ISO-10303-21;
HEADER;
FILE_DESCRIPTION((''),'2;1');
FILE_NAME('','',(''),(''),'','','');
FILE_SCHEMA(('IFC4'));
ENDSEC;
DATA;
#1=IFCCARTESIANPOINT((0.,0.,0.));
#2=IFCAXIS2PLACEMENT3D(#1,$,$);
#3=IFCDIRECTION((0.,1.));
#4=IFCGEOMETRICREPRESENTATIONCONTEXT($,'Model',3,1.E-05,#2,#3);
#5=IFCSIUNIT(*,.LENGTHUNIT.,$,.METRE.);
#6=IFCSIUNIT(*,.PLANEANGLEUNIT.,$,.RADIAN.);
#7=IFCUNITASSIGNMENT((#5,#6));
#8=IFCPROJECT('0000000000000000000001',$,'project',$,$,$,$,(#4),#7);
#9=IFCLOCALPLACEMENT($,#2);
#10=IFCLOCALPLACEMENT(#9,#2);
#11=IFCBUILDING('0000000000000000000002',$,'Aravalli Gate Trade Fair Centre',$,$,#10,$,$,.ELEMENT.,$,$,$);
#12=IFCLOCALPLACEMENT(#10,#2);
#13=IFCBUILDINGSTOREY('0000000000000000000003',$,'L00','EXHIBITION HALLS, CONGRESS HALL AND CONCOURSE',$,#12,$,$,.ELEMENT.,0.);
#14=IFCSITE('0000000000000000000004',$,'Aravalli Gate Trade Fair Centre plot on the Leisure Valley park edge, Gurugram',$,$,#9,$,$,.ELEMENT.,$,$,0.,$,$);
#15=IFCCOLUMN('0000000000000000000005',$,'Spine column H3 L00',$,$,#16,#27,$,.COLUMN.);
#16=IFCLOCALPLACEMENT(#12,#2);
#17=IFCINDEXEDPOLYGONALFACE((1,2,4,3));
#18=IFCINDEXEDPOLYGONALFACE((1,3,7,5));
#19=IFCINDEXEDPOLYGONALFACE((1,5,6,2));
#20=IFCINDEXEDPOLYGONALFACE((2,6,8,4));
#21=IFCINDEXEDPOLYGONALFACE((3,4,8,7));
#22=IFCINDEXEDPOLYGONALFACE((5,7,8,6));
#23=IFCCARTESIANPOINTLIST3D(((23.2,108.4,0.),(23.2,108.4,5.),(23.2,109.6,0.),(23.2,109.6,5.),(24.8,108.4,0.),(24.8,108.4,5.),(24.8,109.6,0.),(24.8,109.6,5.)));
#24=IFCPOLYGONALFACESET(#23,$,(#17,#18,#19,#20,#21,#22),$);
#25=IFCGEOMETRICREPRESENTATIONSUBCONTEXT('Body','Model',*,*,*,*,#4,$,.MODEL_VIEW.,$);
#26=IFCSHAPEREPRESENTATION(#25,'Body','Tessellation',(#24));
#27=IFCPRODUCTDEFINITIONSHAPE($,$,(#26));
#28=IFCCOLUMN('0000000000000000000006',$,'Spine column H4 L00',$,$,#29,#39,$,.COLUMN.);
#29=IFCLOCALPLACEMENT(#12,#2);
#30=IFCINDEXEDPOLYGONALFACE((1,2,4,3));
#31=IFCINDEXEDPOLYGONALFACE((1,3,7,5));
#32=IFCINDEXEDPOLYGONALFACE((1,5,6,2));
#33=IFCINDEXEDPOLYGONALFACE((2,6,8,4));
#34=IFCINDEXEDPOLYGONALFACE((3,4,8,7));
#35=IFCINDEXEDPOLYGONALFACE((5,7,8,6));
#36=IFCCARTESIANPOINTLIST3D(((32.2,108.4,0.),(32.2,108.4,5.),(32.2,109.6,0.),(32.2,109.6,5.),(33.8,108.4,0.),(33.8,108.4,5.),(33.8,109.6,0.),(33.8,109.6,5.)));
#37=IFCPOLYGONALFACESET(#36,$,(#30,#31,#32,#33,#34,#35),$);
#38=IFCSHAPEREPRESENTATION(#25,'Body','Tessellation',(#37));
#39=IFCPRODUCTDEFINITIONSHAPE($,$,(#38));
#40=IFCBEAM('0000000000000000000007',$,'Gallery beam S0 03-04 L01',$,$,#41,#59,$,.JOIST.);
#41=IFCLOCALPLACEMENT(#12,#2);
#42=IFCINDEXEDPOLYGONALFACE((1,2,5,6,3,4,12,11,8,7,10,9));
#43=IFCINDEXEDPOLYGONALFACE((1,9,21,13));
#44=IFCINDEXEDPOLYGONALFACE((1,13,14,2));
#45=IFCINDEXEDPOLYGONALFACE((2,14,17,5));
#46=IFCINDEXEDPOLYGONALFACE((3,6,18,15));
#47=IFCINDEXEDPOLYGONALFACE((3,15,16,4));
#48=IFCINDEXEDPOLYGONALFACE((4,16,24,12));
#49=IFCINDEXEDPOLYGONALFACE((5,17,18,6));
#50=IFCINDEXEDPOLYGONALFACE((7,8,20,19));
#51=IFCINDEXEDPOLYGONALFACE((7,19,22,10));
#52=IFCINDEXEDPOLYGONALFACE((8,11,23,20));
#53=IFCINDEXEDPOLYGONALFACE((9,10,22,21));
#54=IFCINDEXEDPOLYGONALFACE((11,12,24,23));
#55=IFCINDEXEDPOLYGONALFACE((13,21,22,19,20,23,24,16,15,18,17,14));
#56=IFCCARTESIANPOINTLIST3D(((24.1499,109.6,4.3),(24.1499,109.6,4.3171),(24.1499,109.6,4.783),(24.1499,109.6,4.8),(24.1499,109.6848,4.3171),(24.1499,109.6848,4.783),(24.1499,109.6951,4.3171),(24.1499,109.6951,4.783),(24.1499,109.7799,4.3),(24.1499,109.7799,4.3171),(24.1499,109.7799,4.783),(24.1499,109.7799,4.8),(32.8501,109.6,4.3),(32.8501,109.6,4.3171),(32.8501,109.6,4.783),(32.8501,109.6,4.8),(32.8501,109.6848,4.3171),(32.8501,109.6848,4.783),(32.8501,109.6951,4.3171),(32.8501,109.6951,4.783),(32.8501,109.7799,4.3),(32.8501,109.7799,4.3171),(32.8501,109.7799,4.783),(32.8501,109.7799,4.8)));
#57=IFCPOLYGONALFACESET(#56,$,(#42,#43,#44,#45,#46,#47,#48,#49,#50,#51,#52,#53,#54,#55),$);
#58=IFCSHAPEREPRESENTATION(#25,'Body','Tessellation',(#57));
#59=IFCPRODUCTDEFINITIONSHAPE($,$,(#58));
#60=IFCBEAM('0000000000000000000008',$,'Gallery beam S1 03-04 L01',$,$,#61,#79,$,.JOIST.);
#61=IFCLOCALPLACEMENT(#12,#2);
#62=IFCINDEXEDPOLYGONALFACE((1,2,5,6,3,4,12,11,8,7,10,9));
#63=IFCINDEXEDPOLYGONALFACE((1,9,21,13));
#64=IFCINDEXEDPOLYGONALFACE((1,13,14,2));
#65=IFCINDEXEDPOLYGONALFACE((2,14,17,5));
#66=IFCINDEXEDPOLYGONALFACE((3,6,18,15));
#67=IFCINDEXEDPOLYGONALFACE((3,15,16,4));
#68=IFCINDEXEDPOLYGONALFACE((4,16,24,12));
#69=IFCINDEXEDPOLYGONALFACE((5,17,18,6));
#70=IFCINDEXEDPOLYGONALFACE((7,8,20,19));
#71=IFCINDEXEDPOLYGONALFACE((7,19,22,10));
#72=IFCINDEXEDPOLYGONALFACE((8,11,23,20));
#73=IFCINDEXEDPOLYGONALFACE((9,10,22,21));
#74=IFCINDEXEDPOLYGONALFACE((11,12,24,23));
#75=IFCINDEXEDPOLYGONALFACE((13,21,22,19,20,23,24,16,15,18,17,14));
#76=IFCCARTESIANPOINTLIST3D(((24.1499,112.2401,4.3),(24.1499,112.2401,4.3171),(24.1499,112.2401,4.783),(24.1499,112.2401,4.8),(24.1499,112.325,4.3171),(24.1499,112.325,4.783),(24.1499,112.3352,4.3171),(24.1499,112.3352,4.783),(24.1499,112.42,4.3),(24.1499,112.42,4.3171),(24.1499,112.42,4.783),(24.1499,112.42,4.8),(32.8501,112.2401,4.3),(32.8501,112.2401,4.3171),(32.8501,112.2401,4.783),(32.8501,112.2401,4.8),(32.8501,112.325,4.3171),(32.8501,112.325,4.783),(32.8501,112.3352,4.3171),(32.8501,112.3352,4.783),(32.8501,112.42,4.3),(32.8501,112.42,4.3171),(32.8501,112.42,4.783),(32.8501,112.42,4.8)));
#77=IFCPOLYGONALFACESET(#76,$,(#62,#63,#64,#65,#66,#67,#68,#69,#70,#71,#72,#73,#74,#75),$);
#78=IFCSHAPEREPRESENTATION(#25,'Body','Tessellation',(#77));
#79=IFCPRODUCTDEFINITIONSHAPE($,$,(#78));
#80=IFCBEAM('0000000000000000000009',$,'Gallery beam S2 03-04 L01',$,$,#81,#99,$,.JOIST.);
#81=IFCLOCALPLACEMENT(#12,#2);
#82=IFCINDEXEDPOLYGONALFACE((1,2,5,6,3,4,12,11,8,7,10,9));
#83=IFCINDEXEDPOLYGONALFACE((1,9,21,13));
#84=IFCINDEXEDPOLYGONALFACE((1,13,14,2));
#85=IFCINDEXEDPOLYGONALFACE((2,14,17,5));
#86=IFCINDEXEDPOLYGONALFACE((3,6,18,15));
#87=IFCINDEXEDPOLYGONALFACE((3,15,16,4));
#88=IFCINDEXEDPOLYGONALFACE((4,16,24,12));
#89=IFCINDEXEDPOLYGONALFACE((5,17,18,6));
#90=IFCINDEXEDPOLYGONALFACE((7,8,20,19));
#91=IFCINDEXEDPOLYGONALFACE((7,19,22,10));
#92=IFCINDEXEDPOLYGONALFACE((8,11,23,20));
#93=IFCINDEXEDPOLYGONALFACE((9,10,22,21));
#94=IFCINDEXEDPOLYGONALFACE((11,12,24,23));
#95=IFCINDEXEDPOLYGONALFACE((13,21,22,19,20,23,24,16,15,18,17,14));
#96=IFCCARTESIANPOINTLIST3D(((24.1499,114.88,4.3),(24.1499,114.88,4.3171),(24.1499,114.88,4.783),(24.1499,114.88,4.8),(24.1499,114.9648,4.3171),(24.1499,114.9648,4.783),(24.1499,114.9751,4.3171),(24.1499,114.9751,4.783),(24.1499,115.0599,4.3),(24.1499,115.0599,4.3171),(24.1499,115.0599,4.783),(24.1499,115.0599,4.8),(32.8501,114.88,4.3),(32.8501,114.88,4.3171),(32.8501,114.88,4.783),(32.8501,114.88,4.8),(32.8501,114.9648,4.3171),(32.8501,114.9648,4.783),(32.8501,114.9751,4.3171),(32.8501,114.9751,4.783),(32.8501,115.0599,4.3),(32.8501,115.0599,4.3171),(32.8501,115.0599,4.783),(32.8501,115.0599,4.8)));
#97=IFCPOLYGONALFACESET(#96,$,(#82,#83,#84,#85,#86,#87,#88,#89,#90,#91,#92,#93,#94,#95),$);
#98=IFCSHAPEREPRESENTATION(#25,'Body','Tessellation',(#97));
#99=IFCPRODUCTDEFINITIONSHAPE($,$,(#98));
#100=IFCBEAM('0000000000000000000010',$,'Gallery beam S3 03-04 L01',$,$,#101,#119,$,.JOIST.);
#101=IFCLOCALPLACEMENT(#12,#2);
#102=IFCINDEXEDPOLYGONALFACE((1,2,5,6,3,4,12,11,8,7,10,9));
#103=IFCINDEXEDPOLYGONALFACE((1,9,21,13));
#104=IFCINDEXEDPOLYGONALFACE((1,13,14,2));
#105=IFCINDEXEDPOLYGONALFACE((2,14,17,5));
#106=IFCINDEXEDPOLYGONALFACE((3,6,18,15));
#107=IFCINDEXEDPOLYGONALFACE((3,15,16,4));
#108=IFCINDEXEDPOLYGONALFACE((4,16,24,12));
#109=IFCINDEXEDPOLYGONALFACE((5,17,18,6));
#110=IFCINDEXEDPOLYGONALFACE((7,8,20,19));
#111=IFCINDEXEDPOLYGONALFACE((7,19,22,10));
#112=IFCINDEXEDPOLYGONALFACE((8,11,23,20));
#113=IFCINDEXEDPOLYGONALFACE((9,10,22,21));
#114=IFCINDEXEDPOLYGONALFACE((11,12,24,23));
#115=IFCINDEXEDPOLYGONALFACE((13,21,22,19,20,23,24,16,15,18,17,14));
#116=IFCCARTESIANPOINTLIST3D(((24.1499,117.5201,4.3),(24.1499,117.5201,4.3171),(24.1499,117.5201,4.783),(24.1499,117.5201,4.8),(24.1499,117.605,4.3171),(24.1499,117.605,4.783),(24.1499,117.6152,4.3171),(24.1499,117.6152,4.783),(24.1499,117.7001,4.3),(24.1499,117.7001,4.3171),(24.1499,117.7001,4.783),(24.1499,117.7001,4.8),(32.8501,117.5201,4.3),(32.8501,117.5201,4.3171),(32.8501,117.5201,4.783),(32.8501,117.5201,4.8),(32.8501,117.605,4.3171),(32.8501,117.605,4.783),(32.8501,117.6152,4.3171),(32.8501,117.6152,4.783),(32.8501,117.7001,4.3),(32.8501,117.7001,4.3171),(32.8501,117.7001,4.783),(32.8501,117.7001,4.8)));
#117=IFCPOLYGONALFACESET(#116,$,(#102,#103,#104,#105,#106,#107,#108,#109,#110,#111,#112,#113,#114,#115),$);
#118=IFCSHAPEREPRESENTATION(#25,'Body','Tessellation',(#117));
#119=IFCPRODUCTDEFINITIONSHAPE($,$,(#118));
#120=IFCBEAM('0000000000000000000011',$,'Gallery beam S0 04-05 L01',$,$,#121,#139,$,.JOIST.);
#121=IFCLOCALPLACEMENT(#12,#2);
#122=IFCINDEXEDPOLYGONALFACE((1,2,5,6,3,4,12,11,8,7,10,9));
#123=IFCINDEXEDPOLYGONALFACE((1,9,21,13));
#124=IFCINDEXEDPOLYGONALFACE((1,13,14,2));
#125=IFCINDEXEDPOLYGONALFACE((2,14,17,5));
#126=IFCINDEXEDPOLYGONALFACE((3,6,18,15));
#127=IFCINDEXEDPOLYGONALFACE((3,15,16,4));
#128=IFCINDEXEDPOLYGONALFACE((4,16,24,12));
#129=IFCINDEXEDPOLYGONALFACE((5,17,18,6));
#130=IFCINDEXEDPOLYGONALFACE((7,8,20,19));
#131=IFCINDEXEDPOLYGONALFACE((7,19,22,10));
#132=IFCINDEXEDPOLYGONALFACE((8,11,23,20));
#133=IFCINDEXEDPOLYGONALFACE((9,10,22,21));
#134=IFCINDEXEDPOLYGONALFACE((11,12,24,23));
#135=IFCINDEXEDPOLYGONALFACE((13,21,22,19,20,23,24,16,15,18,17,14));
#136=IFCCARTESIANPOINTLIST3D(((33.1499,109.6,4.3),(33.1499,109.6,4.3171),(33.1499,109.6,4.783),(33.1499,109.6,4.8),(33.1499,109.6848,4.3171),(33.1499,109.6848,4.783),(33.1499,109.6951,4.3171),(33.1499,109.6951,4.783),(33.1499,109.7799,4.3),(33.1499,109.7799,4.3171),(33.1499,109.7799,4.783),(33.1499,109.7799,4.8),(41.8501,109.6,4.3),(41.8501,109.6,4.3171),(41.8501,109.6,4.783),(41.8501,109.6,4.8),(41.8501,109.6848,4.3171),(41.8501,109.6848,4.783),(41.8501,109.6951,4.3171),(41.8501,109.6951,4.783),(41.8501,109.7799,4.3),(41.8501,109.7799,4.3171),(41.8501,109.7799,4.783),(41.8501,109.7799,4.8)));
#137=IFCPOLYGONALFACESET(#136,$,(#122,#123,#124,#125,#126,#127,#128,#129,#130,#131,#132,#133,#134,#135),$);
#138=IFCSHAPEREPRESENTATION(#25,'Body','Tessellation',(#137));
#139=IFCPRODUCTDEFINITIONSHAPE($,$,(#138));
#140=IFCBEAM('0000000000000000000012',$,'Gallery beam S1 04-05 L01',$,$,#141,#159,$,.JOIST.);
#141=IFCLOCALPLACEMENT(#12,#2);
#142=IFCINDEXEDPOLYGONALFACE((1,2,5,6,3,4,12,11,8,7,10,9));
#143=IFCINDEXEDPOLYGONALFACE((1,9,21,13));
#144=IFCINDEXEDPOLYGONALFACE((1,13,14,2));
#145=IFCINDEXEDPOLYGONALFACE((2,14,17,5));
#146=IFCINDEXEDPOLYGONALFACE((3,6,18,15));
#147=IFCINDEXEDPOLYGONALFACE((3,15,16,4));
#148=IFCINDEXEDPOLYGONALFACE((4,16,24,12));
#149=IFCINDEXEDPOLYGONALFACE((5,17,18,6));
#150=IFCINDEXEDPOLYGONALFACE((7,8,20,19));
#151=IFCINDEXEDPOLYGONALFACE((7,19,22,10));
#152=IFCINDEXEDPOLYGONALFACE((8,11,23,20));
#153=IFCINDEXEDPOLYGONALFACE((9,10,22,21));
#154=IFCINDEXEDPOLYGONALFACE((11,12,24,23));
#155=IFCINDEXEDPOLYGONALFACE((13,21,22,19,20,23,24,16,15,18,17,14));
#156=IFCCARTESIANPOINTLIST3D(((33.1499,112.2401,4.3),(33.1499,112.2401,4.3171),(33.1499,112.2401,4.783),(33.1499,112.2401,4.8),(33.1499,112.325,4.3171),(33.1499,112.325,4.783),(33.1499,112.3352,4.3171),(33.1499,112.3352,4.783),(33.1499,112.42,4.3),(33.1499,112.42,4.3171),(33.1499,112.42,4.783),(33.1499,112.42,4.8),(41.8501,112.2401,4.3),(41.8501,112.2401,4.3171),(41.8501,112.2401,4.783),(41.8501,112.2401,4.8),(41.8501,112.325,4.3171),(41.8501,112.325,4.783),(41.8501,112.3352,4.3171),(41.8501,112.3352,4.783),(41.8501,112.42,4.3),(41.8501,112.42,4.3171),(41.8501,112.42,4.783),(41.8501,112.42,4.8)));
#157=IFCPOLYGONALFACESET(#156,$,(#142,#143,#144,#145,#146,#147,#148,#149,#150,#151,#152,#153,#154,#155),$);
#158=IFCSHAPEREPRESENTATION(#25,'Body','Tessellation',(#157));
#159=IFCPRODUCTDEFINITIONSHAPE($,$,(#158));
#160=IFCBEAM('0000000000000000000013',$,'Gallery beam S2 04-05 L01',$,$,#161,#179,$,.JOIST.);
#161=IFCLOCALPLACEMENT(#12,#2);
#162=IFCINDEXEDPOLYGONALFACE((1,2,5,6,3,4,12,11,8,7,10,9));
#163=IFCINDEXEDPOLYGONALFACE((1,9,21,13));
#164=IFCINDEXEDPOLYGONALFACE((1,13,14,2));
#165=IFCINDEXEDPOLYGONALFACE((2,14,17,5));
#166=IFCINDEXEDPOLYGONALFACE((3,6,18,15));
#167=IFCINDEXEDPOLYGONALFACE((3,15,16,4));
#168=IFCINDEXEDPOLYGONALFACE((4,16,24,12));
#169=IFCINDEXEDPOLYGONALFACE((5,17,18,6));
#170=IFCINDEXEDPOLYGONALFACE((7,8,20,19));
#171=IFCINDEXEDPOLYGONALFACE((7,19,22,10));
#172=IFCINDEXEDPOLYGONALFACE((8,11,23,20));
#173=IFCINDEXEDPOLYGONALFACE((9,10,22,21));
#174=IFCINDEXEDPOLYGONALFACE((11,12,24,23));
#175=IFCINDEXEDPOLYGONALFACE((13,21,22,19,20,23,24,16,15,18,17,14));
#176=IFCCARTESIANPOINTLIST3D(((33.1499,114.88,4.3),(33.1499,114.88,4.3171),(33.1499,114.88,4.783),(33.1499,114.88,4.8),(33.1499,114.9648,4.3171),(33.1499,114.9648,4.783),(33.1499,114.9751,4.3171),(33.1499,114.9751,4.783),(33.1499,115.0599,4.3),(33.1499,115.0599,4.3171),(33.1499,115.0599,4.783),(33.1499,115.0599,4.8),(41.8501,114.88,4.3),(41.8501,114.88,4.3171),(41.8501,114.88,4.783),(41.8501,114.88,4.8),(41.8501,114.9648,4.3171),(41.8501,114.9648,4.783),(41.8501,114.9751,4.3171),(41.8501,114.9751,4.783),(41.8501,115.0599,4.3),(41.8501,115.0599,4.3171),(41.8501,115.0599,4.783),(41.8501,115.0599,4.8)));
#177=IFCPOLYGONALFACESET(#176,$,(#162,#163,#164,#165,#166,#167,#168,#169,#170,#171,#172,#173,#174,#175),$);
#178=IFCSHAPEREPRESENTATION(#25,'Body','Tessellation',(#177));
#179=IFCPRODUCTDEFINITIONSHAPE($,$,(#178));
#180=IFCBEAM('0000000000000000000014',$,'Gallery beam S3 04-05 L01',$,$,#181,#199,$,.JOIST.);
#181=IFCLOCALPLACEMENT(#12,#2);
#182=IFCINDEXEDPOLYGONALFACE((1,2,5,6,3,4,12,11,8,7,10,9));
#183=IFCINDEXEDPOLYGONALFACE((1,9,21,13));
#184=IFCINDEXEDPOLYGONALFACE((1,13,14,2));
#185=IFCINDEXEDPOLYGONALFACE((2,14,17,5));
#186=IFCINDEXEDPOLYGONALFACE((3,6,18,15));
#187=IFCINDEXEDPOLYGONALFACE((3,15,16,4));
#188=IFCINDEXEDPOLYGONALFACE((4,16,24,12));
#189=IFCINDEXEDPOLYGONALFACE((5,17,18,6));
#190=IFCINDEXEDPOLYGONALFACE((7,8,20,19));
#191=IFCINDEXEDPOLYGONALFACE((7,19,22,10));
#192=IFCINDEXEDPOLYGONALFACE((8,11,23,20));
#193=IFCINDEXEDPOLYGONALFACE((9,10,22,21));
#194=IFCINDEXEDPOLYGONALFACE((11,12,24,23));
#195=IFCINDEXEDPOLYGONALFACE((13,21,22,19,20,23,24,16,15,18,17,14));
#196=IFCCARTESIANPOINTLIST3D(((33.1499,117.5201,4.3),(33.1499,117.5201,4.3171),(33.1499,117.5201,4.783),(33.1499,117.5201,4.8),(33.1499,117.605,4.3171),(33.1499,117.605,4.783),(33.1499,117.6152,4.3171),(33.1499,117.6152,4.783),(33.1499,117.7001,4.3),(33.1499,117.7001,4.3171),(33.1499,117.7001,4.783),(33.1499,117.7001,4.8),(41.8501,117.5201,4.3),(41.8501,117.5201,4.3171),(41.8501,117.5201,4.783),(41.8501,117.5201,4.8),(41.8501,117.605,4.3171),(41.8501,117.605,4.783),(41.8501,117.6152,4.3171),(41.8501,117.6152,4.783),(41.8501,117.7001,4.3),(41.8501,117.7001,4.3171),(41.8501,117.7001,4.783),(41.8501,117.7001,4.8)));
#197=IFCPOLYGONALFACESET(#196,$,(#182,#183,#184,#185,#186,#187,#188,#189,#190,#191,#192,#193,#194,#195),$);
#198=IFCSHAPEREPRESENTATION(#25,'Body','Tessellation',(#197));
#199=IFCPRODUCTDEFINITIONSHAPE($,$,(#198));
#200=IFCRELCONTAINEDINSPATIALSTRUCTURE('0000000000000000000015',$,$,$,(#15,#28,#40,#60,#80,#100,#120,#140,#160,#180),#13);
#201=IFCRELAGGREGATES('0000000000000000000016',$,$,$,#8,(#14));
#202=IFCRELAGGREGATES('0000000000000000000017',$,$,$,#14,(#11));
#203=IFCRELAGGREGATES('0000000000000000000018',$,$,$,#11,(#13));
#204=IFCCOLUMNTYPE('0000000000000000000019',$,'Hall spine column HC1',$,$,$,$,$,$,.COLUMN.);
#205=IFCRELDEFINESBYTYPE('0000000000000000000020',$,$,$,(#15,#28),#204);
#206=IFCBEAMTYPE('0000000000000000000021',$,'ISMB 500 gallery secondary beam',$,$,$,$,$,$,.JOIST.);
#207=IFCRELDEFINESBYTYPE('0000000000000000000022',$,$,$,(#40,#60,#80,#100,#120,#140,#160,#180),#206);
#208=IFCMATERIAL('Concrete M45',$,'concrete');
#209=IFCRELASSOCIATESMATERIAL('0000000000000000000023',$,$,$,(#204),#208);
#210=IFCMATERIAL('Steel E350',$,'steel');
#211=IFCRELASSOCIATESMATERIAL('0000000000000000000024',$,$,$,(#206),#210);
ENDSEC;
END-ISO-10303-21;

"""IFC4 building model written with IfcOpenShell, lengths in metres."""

from ifc_helpers import new_model, si_unit, direction, frame, origin, origin_2d, place, context, subcontext, project, spatial, rectangle, i_section, extrude, material, material_profile, profile_set, type_object, element, save


model = new_model("IFC4")

# Units and contexts
model_context = context("Model", 3, precision=1e-05, world=origin(), true_north=direction((0.0, 1.0)))
body_context = subcontext(model_context, "Body", "Model", "MODEL_VIEW")
ifc_project = project(units=[si_unit("LENGTHUNIT", "METRE"), si_unit("PLANEANGLEUNIT", "RADIAN")], contexts=[model_context])

# Site, building, storey
site_placement = place(None, origin())
site = spatial("IfcSite", under=ifc_project, at=site_placement, Name="Aravalli Gate Trade Fair Centre plot on the Leisure Valley park edge, Gurugram", CompositionType="ELEMENT", RefElevation=0.0)
building_placement = place(site_placement, origin())
building = spatial("IfcBuilding", under=site, at=building_placement, Name="Aravalli Gate Trade Fair Centre", CompositionType="ELEMENT")
storey_placement = place(building_placement, origin())
storey = spatial("IfcBuildingStorey", under=building, at=storey_placement, Name="L00", Description="EXHIBITION HALLS, CONGRESS HALL AND CONCOURSE", CompositionType="ELEMENT", Elevation=0.0)

# Columns
ifc_material_1 = material(Name="Concrete M45", Category="concrete")
ifc_material_profile_1 = material_profile(ifc_material_1, rectangle(XDim=1.6001, YDim=1.2, at=origin_2d()), Name="RC 1600x1200")
ifc_profile_set_1 = profile_set([ifc_material_profile_1], Name="Concrete M45")
column_type = type_object("IfcColumnType", Name="Hall spine column HC1", PredefinedType="COLUMN", material=ifc_profile_set_1)
for number, where, z_axis, x_axis, name in (
    (1, (24.0, 109.0, 0.0), (0.0, 0.0, 1.0), (1.0, 0.0, 0.0), "Spine column H3 L00"),
    (2, (33.0, 109.0, 0.0), (0.0, 0.0, 1.0), (1.0, 0.0, 0.0), "Spine column H4 L00"),
):
    element("IfcColumn", number, at=place(storey_placement, frame(where, z_axis=z_axis, x_axis=x_axis)), inside=storey, type_object=column_type, Name=name, PredefinedType="COLUMN", context=body_context, shape_type="SweptSolid", body=[
        extrude(rectangle(XDim=1.6001, YDim=1.2, at=origin_2d()), origin(), (0.0, 0.0, 1.0), 5.0),
    ])

# Beams
ifc_material_2 = material(Name="Steel E350", Category="steel")
ifc_material_profile_2 = material_profile(ifc_material_2, i_section(OverallWidth=0.1799, OverallDepth=0.5, WebThickness=0.0103, FlangeThickness=0.0171, at=origin_2d()), Name="ISMB 500")
ifc_profile_set_2 = profile_set([ifc_material_profile_2], Name="Steel E350")
beam_type_1 = type_object("IfcBeamType", Name="ISMB 500 gallery secondary beam", PredefinedType="JOIST", material=ifc_profile_set_2)
for number, where, z_axis, x_axis, name in (
    (3, (24.1499, 109.6899, 4.55), (1.0, 0.0, 0.0), (0.0, 1.0, 0.0), "Gallery beam S0 03-04 L01"),
    (4, (24.1499, 112.3301, 4.55), (1.0, 0.0, 0.0), (0.0, 1.0, 0.0), "Gallery beam S1 03-04 L01"),
    (5, (24.1499, 114.97, 4.55), (1.0, 0.0, 0.0), (0.0, 1.0, 0.0), "Gallery beam S2 03-04 L01"),
    (6, (24.1499, 117.6101, 4.55), (1.0, 0.0, 0.0), (0.0, 1.0, 0.0), "Gallery beam S3 03-04 L01"),
    (7, (33.1499, 109.6899, 4.55), (1.0, 0.0, 0.0), (0.0, 1.0, 0.0), "Gallery beam S0 04-05 L01"),
    (8, (33.1499, 112.3301, 4.55), (1.0, 0.0, 0.0), (0.0, 1.0, 0.0), "Gallery beam S1 04-05 L01"),
    (9, (33.1499, 114.97, 4.55), (1.0, 0.0, 0.0), (0.0, 1.0, 0.0), "Gallery beam S2 04-05 L01"),
    (10, (33.1499, 117.6101, 4.55), (1.0, 0.0, 0.0), (0.0, 1.0, 0.0), "Gallery beam S3 04-05 L01"),
):
    element("IfcBeam", number, at=place(storey_placement, frame(where, z_axis=z_axis, x_axis=x_axis)), inside=storey, type_object=beam_type_1, Name=name, PredefinedType="JOIST", context=body_context, shape_type="SweptSolid", body=[
        extrude(i_section(OverallWidth=0.1799, OverallDepth=0.5, WebThickness=0.0103, FlangeThickness=0.0171, at=origin_2d()), origin(), (0.0, 0.0, 1.0), 8.7002),
    ])

save(model, "model.ifc")
